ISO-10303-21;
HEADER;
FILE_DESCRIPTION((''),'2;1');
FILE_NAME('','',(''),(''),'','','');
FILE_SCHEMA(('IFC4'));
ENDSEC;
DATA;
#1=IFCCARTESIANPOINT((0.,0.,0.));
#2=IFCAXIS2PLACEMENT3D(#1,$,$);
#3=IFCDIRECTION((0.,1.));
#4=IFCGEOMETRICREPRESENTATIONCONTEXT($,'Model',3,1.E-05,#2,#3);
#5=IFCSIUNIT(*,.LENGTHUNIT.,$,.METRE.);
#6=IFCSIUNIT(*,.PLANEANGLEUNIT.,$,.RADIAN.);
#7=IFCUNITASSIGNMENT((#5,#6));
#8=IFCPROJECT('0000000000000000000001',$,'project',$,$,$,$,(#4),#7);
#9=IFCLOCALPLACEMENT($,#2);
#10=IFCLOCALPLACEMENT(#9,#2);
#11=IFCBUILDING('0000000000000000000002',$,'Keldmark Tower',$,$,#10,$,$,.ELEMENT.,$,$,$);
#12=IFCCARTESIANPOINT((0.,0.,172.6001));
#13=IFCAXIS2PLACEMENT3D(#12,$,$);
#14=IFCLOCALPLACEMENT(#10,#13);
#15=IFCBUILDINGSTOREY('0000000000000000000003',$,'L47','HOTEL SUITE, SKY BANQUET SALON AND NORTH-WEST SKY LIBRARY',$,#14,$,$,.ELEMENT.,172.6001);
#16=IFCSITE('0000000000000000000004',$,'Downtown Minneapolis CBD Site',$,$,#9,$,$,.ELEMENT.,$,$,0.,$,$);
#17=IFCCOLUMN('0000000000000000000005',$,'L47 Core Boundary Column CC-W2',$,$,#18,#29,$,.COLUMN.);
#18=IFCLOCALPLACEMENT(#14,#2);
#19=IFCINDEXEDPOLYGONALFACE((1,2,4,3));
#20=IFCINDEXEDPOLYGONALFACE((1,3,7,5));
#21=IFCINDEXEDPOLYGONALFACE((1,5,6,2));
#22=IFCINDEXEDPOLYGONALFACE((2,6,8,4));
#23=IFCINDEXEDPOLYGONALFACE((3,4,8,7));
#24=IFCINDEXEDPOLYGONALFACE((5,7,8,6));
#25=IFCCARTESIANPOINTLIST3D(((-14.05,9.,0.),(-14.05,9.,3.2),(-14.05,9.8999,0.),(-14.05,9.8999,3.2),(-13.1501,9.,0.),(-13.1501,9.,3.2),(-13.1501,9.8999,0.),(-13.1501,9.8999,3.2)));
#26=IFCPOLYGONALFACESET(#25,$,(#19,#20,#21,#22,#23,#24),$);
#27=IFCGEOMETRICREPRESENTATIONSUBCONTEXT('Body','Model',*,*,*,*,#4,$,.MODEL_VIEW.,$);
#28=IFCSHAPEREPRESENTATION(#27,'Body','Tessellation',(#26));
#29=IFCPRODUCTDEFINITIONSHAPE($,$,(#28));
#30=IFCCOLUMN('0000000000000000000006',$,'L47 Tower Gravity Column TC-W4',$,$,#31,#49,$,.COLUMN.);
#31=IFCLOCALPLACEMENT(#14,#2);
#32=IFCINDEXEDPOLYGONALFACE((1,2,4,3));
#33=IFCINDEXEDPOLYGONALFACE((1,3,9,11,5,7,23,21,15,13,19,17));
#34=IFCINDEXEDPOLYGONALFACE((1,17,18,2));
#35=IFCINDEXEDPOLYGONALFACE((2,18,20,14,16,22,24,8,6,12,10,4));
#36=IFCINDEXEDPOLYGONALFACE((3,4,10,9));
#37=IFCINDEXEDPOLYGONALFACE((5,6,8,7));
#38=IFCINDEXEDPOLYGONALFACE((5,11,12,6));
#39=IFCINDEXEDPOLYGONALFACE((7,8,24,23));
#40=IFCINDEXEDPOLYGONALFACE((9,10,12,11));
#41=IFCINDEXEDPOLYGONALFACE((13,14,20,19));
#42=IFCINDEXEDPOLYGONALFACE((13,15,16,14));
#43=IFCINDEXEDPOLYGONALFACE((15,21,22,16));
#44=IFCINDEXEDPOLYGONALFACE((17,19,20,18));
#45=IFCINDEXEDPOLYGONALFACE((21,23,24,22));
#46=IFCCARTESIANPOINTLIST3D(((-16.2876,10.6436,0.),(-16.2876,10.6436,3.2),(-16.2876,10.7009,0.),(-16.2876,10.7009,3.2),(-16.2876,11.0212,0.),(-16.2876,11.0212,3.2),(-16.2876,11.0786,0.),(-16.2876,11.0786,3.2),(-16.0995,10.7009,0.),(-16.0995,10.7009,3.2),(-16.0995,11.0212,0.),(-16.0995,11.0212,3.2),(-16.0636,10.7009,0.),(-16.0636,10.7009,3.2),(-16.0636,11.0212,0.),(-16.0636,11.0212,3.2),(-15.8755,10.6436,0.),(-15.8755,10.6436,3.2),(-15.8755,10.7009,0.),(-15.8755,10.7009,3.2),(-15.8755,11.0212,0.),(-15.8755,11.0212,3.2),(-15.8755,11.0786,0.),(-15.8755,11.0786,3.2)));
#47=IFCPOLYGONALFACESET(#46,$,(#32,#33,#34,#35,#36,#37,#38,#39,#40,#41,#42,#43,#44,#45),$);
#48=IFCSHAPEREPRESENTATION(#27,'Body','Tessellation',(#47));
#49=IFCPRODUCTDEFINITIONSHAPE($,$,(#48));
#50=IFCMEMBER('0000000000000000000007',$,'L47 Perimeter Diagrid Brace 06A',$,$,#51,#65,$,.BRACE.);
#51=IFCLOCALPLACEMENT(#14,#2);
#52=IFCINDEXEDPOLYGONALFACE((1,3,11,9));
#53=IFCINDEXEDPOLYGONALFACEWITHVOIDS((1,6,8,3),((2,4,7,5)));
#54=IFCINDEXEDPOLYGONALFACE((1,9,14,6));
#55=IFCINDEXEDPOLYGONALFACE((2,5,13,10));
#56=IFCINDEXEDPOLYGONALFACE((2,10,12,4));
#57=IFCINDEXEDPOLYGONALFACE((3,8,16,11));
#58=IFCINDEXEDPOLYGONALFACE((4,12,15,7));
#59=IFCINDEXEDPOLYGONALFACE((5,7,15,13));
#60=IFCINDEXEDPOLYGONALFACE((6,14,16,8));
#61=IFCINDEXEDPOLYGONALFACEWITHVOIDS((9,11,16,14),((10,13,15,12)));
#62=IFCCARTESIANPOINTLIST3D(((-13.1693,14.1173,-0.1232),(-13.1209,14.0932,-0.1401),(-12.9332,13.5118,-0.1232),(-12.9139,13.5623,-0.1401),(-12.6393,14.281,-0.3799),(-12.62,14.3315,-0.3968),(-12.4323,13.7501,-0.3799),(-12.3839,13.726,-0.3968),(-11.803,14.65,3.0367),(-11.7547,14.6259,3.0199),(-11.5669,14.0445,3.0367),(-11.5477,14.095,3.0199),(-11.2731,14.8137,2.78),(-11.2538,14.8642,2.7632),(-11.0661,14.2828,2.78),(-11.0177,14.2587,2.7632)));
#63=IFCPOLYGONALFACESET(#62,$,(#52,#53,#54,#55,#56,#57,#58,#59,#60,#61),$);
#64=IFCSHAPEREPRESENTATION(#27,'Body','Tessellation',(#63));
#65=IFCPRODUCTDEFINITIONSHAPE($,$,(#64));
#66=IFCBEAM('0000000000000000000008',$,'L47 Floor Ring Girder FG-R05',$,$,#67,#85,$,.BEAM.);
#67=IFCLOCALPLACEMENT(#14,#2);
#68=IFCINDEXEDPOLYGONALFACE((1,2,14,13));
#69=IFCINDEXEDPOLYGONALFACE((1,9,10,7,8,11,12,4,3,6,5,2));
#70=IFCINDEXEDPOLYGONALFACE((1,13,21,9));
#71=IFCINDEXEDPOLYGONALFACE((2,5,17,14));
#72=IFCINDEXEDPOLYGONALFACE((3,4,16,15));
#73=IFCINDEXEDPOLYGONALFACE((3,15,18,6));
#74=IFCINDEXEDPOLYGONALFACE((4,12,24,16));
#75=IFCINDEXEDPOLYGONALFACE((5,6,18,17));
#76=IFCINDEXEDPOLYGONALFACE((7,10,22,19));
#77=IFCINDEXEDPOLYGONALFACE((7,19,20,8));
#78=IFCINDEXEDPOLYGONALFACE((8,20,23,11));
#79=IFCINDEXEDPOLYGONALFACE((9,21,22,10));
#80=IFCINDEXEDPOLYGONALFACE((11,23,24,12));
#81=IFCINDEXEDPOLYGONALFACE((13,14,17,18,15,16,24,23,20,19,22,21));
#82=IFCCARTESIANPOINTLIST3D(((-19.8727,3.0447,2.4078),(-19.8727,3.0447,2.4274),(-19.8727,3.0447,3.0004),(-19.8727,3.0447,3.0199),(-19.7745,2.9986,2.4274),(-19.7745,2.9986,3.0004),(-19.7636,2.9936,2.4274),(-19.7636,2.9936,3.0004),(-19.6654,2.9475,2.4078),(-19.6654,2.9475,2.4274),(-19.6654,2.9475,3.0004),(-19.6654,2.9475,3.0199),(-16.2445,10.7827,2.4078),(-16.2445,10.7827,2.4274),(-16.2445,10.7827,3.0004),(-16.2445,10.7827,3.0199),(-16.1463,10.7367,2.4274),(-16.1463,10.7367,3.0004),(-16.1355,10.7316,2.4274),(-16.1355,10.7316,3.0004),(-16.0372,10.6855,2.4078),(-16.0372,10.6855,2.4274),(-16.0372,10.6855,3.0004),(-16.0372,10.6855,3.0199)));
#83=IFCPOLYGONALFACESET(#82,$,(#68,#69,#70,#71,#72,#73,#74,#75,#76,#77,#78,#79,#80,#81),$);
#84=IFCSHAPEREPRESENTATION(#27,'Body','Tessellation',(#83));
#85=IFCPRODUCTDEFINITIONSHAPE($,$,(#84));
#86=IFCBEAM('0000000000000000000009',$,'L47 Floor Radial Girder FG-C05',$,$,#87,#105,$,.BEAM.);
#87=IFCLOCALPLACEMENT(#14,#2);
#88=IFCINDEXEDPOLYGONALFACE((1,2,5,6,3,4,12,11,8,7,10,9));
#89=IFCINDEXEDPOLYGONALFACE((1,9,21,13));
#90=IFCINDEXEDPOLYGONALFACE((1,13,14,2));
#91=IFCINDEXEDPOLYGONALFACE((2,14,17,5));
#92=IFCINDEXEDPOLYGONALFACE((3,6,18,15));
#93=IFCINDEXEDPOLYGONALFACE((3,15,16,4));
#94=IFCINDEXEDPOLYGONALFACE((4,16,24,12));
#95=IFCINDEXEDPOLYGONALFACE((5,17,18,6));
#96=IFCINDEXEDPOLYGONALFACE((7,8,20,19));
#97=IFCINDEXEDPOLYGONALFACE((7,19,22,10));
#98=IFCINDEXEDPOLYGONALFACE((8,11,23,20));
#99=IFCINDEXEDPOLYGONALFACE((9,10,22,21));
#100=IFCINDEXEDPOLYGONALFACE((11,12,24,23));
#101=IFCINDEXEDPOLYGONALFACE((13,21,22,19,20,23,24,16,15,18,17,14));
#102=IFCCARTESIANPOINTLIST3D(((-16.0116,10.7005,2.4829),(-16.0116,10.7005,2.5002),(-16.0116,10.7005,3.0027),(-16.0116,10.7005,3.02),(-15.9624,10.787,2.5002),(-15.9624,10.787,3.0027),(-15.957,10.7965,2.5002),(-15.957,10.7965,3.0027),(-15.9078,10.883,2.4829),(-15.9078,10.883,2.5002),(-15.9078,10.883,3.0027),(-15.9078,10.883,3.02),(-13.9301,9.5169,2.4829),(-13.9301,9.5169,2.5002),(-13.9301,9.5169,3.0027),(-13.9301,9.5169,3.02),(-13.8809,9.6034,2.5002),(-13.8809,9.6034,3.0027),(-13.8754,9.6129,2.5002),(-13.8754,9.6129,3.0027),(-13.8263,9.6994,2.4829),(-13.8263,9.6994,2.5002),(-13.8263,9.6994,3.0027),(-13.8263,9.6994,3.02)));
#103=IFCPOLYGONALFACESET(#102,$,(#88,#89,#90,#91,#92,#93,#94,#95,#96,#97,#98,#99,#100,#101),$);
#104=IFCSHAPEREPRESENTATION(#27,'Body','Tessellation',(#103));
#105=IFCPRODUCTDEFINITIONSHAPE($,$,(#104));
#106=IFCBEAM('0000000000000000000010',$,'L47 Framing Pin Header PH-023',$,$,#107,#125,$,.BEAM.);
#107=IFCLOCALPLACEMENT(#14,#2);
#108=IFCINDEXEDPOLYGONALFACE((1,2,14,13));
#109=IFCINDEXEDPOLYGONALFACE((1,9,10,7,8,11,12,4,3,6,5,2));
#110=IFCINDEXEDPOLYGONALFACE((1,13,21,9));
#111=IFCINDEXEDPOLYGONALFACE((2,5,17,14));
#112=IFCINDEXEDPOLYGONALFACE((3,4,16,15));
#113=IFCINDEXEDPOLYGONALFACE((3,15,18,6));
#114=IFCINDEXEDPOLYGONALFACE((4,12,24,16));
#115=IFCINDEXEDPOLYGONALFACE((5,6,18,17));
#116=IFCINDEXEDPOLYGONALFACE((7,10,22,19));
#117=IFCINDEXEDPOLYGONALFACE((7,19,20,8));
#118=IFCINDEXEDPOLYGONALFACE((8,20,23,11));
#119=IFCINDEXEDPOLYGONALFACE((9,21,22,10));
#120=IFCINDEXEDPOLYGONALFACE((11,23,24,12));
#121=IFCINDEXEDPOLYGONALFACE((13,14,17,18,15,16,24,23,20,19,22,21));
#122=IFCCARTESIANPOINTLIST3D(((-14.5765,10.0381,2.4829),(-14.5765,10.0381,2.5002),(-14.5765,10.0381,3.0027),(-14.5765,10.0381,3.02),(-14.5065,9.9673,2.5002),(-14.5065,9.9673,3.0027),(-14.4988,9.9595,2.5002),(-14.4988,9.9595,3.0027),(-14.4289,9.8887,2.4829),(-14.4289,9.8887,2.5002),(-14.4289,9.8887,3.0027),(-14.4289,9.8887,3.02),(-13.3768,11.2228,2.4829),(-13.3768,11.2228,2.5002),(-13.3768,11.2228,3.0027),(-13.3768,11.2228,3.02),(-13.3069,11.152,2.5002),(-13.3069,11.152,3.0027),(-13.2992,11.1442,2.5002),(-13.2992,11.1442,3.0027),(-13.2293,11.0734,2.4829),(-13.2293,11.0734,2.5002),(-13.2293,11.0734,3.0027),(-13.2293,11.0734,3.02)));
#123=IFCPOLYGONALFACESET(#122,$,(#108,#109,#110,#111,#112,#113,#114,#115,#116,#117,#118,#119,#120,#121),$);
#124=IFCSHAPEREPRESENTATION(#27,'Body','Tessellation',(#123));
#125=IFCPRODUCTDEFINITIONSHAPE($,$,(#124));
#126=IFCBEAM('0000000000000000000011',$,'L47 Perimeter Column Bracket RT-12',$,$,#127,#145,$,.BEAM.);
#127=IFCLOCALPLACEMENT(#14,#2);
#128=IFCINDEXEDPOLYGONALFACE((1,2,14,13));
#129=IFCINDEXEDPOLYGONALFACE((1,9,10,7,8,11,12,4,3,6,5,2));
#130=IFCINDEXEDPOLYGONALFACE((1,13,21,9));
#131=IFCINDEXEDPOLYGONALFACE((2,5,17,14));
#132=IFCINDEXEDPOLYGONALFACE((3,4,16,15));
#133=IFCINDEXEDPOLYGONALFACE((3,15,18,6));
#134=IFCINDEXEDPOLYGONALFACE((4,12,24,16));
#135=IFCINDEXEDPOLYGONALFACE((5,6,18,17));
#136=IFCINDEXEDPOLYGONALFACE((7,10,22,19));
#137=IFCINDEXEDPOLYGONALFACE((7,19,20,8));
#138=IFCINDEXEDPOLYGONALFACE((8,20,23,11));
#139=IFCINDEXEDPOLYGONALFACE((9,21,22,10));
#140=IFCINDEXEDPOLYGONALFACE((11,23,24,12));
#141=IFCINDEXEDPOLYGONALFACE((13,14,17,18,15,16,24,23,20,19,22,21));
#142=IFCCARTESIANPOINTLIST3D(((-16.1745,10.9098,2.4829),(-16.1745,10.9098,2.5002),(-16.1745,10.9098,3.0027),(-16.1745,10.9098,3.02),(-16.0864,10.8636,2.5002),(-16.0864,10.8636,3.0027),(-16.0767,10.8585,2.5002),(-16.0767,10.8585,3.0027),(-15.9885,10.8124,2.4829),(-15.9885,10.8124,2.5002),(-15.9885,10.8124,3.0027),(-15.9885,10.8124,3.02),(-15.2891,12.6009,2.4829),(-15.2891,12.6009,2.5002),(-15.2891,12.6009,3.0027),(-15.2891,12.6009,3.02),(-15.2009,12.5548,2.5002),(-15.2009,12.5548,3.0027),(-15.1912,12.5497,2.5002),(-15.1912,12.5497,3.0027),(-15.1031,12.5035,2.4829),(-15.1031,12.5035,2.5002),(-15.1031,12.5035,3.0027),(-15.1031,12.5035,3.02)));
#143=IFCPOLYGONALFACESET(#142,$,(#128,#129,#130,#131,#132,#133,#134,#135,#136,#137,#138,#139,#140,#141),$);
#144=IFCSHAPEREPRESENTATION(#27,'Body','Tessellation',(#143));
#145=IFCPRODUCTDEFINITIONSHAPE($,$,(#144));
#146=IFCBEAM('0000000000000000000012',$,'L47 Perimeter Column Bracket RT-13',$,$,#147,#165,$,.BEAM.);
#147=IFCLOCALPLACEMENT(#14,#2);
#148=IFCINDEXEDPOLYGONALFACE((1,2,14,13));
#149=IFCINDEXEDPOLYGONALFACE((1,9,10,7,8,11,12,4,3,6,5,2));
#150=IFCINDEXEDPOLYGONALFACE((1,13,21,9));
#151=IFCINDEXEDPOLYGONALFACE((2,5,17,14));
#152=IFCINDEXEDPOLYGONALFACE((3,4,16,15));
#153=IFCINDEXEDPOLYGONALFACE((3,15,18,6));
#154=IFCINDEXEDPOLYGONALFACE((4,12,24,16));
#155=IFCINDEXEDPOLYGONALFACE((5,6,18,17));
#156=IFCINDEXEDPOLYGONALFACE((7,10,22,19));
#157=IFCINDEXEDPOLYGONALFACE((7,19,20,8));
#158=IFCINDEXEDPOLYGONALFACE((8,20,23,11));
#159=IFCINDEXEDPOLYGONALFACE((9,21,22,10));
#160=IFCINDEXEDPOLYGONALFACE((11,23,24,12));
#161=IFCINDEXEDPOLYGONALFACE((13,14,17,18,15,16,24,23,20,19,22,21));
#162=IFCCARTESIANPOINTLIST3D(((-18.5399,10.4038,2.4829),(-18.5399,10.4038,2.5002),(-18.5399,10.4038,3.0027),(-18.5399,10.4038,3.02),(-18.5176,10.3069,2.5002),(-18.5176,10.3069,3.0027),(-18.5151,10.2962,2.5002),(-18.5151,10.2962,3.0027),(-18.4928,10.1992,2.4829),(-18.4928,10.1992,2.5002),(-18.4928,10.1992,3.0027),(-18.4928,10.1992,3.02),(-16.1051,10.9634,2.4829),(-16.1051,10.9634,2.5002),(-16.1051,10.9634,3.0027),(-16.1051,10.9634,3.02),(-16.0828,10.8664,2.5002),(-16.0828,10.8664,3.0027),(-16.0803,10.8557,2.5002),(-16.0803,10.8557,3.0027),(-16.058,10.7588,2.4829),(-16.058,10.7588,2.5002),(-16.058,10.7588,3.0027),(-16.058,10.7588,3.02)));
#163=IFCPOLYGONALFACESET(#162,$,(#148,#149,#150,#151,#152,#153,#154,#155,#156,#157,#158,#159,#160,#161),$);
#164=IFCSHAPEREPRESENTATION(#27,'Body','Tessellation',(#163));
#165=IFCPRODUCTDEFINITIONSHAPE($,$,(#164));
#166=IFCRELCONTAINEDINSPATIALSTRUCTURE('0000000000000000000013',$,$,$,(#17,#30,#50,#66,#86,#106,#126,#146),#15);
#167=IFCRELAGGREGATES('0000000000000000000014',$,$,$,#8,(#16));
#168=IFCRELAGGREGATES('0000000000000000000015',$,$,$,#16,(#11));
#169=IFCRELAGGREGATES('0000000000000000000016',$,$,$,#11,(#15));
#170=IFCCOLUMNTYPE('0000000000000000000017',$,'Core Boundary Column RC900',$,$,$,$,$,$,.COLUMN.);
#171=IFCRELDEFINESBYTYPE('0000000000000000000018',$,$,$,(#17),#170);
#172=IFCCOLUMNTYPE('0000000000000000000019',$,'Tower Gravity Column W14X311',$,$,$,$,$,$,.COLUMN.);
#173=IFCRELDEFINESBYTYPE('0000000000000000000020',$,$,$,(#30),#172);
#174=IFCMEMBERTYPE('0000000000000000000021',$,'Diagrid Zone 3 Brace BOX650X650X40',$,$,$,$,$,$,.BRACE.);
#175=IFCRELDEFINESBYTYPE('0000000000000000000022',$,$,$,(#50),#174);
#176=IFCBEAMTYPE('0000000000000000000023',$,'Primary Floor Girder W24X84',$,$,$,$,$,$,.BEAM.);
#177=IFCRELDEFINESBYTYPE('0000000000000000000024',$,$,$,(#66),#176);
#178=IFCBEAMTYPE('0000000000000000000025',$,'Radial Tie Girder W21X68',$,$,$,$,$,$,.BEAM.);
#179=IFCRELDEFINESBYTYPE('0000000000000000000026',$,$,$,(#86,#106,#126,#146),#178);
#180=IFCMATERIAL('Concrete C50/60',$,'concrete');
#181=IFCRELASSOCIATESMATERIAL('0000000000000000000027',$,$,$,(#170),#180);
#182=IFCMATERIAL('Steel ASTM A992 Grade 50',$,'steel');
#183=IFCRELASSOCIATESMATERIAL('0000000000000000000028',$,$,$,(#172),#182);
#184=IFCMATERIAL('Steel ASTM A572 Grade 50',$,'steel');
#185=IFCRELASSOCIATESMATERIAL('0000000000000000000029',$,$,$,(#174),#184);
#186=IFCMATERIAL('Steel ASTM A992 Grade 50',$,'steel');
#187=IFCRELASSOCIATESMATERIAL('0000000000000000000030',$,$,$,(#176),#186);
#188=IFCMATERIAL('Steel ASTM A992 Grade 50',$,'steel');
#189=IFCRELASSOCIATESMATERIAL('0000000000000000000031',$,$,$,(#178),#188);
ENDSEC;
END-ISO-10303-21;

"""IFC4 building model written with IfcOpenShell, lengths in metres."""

from ifc_helpers import new_model, si_unit, direction, frame, origin, origin_2d, place, context, subcontext, project, spatial, rectangle, hollow_rectangle, i_section, extrude, material, material_profile, profile_set, type_object, element, save


model = new_model("IFC4")

# Units and contexts
model_context = context("Model", 3, precision=1e-05, world=origin(), true_north=direction((0.0, 1.0)))
body_context = subcontext(model_context, "Body", "Model", "MODEL_VIEW")
ifc_project = project(units=[si_unit("LENGTHUNIT", "METRE"), si_unit("PLANEANGLEUNIT", "RADIAN")], contexts=[model_context])

# Site, building, storey
site_placement = place(None, origin())
site = spatial("IfcSite", under=ifc_project, at=site_placement, Name="Downtown Minneapolis CBD Site", CompositionType="ELEMENT", RefElevation=0.0)
building_placement = place(site_placement, origin())
building = spatial("IfcBuilding", under=site, at=building_placement, Name="Keldmark Tower", CompositionType="ELEMENT")
storey_placement = place(building_placement, frame((0.0, 0.0, 172.6001)))
storey = spatial("IfcBuildingStorey", under=building, at=storey_placement, Name="L47", Description="HOTEL SUITE, SKY BANQUET SALON AND NORTH-WEST SKY LIBRARY", CompositionType="ELEMENT", Elevation=172.6001)

# Columns
ifc_material_1 = material(Name="Concrete C50/60", Category="concrete")
ifc_material_profile_1 = material_profile(ifc_material_1, rectangle(XDim=0.8999, YDim=0.8999, at=origin_2d()), Name="RC900X900")
ifc_profile_set_1 = profile_set([ifc_material_profile_1], Name="Concrete C50/60")
column_type_1 = type_object("IfcColumnType", Name="Core Boundary Column RC900", PredefinedType="COLUMN", material=ifc_profile_set_1)
column_1_placement = place(storey_placement, frame((-13.6001, 9.45, 0.0), z_axis=(0.0, 0.0, 1.0), x_axis=(1.0, 0.0, 0.0)))
element("IfcColumn", 1, at=column_1_placement, inside=storey, type_object=column_type_1, Name="L47 Core Boundary Column CC-W2", PredefinedType="COLUMN", context=body_context, shape_type="SweptSolid", body=[
    extrude(rectangle(XDim=0.8999, YDim=0.8999, at=origin_2d()), origin(), (0.0, 0.0, 1.0), 3.2),
])
ifc_material_2 = material(Name="Steel ASTM A992 Grade 50", Category="steel")
ifc_material_profile_2 = material_profile(ifc_material_2, i_section(OverallWidth=0.4121, OverallDepth=0.4351, WebThickness=0.0359, FlangeThickness=0.0574, at=origin_2d()), Name="W14X311")
ifc_profile_set_2 = profile_set([ifc_material_profile_2], Name="Steel ASTM A992 Grade 50")
column_type_2 = type_object("IfcColumnType", Name="Tower Gravity Column W14X311", PredefinedType="COLUMN", material=ifc_profile_set_2)
column_2_placement = place(storey_placement, frame((-16.0815, 10.8611, 0.0), z_axis=(0.0, 0.0, 1.0), x_axis=(1.0, 0.0, 0.0)))
element("IfcColumn", 2, at=column_2_placement, inside=storey, type_object=column_type_2, Name="L47 Tower Gravity Column TC-W4", PredefinedType="COLUMN", context=body_context, shape_type="SweptSolid", body=[
    extrude(i_section(OverallWidth=0.4121, OverallDepth=0.4351, WebThickness=0.0359, FlangeThickness=0.0574, at=origin_2d()), origin(), (0.0, 0.0, 1.0), 3.2),
])

# Member
ifc_material_3 = material(Name="Steel ASTM A572 Grade 50", Category="steel")
ifc_material_profile_3 = material_profile(ifc_material_3, hollow_rectangle(XDim=0.6499, YDim=0.6499, WallThickness=0.04, at=origin_2d()), Name="BOX650X650X40")
ifc_profile_set_3 = profile_set([ifc_material_profile_3], Name="Steel ASTM A572 Grade 50")
member_type = type_object("IfcMemberType", Name="Diagrid Zone 3 Brace BOX650X650X40", PredefinedType="BRACE", material=ifc_profile_set_3)
member_placement = place(storey_placement, frame((-12.7766, 13.9216, -0.26), z_axis=(0.392185, 0.152921, 0.907086), x_axis=(-0.363282, 0.931679, 0.0)))
element("IfcMember", 3, at=member_placement, inside=storey, type_object=member_type, Name="L47 Perimeter Diagrid Brace 06A", PredefinedType="BRACE", context=body_context, shape_type="SweptSolid", body=[
    extrude(hollow_rectangle(XDim=0.6499, YDim=0.6499, WallThickness=0.04, at=origin_2d()), origin(), (0.0, 0.0, 1.0), 3.4836),
])

# Beams
ifc_material_4 = material(Name="Steel ASTM A992 Grade 50", Category="steel")
ifc_material_profile_4 = material_profile(ifc_material_4, i_section(OverallWidth=0.229, OverallDepth=0.6121, WebThickness=0.012, FlangeThickness=0.0195, at=origin_2d()), Name="W24X84")
ifc_profile_set_4 = profile_set([ifc_material_profile_4], Name="Steel ASTM A992 Grade 50")
beam_type_1 = type_object("IfcBeamType", Name="Primary Floor Girder W24X84", PredefinedType="BEAM", material=ifc_profile_set_4)
beam_1_placement = place(storey_placement, frame((-16.1409, 10.7341, 2.7139), z_axis=(-0.424527, -0.905415, 0.0), x_axis=(0.905415, -0.424527, 0.0)))
element("IfcBeam", 4, at=beam_1_placement, inside=storey, type_object=beam_type_1, Name="L47 Floor Ring Girder FG-R05", PredefinedType="BEAM", context=body_context, shape_type="SweptSolid", body=[
    extrude(i_section(OverallWidth=0.229, OverallDepth=0.6121, WebThickness=0.012, FlangeThickness=0.0195, at=origin_2d()), origin(), (0.0, 0.0, 1.0), 8.5464),
])
ifc_material_5 = material(Name="Steel ASTM A992 Grade 50", Category="steel")
ifc_material_profile_5 = material_profile(ifc_material_5, i_section(OverallWidth=0.21, OverallDepth=0.5371, WebThickness=0.011, FlangeThickness=0.0173, at=origin_2d()), Name="W21X68")
ifc_profile_set_5 = profile_set([ifc_material_profile_5], Name="Steel ASTM A992 Grade 50")
beam_type_2 = type_object("IfcBeamType", Name="Radial Tie Girder W21X68", PredefinedType="BEAM", material=ifc_profile_set_5)
beam_2_placement = place(storey_placement, frame((-15.9597, 10.7917, 2.7515), z_axis=(0.869295, -0.494293, 0.0), x_axis=(0.494293, 0.869295, 0.0)))
element("IfcBeam", 5, at=beam_2_placement, inside=storey, type_object=beam_type_2, Name="L47 Floor Radial Girder FG-C05", PredefinedType="BEAM", context=body_context, shape_type="SweptSolid", body=[
    extrude(i_section(OverallWidth=0.21, OverallDepth=0.5371, WebThickness=0.011, FlangeThickness=0.0173, at=origin_2d()), origin(), (0.0, 0.0, 1.0), 2.3945),
])
beam_3_placement = place(storey_placement, frame((-14.5027, 9.9634, 2.7515), z_axis=(0.711509, 0.702677, 0.0), x_axis=(-0.702677, 0.711509, 0.0)))
element("IfcBeam", 6, at=beam_3_placement, inside=storey, type_object=beam_type_2, Name="L47 Framing Pin Header PH-023", PredefinedType="BEAM", context=body_context, shape_type="SweptSolid", body=[
    extrude(i_section(OverallWidth=0.21, OverallDepth=0.5371, WebThickness=0.011, FlangeThickness=0.0173, at=origin_2d()), origin(), (0.0, 0.0, 1.0), 1.686),
])
beam_4_placement = place(storey_placement, frame((-16.0815, 10.8611, 2.7515), z_axis=(0.463864, 0.885907, 0.0), x_axis=(-0.885907, 0.463864, 0.0)))
element("IfcBeam", 7, at=beam_4_placement, inside=storey, type_object=beam_type_2, Name="L47 Perimeter Column Bracket RT-12", PredefinedType="BEAM", context=body_context, shape_type="SweptSolid", body=[
    extrude(i_section(OverallWidth=0.21, OverallDepth=0.5371, WebThickness=0.011, FlangeThickness=0.0173, at=origin_2d()), origin(), (0.0, 0.0, 1.0), 1.9089),
])
beam_5_placement = place(storey_placement, frame((-16.0815, 10.8611, 2.7515), z_axis=(-0.974593, -0.223982, 0.0), x_axis=(0.223982, -0.974593, 0.0)))
element("IfcBeam", 8, at=beam_5_placement, inside=storey, type_object=beam_type_2, Name="L47 Perimeter Column Bracket RT-13", PredefinedType="BEAM", context=body_context, shape_type="SweptSolid", body=[
    extrude(i_section(OverallWidth=0.21, OverallDepth=0.5371, WebThickness=0.011, FlangeThickness=0.0173, at=origin_2d()), origin(), (0.0, 0.0, 1.0), 2.4983),
])

save(model, "model.ifc")
